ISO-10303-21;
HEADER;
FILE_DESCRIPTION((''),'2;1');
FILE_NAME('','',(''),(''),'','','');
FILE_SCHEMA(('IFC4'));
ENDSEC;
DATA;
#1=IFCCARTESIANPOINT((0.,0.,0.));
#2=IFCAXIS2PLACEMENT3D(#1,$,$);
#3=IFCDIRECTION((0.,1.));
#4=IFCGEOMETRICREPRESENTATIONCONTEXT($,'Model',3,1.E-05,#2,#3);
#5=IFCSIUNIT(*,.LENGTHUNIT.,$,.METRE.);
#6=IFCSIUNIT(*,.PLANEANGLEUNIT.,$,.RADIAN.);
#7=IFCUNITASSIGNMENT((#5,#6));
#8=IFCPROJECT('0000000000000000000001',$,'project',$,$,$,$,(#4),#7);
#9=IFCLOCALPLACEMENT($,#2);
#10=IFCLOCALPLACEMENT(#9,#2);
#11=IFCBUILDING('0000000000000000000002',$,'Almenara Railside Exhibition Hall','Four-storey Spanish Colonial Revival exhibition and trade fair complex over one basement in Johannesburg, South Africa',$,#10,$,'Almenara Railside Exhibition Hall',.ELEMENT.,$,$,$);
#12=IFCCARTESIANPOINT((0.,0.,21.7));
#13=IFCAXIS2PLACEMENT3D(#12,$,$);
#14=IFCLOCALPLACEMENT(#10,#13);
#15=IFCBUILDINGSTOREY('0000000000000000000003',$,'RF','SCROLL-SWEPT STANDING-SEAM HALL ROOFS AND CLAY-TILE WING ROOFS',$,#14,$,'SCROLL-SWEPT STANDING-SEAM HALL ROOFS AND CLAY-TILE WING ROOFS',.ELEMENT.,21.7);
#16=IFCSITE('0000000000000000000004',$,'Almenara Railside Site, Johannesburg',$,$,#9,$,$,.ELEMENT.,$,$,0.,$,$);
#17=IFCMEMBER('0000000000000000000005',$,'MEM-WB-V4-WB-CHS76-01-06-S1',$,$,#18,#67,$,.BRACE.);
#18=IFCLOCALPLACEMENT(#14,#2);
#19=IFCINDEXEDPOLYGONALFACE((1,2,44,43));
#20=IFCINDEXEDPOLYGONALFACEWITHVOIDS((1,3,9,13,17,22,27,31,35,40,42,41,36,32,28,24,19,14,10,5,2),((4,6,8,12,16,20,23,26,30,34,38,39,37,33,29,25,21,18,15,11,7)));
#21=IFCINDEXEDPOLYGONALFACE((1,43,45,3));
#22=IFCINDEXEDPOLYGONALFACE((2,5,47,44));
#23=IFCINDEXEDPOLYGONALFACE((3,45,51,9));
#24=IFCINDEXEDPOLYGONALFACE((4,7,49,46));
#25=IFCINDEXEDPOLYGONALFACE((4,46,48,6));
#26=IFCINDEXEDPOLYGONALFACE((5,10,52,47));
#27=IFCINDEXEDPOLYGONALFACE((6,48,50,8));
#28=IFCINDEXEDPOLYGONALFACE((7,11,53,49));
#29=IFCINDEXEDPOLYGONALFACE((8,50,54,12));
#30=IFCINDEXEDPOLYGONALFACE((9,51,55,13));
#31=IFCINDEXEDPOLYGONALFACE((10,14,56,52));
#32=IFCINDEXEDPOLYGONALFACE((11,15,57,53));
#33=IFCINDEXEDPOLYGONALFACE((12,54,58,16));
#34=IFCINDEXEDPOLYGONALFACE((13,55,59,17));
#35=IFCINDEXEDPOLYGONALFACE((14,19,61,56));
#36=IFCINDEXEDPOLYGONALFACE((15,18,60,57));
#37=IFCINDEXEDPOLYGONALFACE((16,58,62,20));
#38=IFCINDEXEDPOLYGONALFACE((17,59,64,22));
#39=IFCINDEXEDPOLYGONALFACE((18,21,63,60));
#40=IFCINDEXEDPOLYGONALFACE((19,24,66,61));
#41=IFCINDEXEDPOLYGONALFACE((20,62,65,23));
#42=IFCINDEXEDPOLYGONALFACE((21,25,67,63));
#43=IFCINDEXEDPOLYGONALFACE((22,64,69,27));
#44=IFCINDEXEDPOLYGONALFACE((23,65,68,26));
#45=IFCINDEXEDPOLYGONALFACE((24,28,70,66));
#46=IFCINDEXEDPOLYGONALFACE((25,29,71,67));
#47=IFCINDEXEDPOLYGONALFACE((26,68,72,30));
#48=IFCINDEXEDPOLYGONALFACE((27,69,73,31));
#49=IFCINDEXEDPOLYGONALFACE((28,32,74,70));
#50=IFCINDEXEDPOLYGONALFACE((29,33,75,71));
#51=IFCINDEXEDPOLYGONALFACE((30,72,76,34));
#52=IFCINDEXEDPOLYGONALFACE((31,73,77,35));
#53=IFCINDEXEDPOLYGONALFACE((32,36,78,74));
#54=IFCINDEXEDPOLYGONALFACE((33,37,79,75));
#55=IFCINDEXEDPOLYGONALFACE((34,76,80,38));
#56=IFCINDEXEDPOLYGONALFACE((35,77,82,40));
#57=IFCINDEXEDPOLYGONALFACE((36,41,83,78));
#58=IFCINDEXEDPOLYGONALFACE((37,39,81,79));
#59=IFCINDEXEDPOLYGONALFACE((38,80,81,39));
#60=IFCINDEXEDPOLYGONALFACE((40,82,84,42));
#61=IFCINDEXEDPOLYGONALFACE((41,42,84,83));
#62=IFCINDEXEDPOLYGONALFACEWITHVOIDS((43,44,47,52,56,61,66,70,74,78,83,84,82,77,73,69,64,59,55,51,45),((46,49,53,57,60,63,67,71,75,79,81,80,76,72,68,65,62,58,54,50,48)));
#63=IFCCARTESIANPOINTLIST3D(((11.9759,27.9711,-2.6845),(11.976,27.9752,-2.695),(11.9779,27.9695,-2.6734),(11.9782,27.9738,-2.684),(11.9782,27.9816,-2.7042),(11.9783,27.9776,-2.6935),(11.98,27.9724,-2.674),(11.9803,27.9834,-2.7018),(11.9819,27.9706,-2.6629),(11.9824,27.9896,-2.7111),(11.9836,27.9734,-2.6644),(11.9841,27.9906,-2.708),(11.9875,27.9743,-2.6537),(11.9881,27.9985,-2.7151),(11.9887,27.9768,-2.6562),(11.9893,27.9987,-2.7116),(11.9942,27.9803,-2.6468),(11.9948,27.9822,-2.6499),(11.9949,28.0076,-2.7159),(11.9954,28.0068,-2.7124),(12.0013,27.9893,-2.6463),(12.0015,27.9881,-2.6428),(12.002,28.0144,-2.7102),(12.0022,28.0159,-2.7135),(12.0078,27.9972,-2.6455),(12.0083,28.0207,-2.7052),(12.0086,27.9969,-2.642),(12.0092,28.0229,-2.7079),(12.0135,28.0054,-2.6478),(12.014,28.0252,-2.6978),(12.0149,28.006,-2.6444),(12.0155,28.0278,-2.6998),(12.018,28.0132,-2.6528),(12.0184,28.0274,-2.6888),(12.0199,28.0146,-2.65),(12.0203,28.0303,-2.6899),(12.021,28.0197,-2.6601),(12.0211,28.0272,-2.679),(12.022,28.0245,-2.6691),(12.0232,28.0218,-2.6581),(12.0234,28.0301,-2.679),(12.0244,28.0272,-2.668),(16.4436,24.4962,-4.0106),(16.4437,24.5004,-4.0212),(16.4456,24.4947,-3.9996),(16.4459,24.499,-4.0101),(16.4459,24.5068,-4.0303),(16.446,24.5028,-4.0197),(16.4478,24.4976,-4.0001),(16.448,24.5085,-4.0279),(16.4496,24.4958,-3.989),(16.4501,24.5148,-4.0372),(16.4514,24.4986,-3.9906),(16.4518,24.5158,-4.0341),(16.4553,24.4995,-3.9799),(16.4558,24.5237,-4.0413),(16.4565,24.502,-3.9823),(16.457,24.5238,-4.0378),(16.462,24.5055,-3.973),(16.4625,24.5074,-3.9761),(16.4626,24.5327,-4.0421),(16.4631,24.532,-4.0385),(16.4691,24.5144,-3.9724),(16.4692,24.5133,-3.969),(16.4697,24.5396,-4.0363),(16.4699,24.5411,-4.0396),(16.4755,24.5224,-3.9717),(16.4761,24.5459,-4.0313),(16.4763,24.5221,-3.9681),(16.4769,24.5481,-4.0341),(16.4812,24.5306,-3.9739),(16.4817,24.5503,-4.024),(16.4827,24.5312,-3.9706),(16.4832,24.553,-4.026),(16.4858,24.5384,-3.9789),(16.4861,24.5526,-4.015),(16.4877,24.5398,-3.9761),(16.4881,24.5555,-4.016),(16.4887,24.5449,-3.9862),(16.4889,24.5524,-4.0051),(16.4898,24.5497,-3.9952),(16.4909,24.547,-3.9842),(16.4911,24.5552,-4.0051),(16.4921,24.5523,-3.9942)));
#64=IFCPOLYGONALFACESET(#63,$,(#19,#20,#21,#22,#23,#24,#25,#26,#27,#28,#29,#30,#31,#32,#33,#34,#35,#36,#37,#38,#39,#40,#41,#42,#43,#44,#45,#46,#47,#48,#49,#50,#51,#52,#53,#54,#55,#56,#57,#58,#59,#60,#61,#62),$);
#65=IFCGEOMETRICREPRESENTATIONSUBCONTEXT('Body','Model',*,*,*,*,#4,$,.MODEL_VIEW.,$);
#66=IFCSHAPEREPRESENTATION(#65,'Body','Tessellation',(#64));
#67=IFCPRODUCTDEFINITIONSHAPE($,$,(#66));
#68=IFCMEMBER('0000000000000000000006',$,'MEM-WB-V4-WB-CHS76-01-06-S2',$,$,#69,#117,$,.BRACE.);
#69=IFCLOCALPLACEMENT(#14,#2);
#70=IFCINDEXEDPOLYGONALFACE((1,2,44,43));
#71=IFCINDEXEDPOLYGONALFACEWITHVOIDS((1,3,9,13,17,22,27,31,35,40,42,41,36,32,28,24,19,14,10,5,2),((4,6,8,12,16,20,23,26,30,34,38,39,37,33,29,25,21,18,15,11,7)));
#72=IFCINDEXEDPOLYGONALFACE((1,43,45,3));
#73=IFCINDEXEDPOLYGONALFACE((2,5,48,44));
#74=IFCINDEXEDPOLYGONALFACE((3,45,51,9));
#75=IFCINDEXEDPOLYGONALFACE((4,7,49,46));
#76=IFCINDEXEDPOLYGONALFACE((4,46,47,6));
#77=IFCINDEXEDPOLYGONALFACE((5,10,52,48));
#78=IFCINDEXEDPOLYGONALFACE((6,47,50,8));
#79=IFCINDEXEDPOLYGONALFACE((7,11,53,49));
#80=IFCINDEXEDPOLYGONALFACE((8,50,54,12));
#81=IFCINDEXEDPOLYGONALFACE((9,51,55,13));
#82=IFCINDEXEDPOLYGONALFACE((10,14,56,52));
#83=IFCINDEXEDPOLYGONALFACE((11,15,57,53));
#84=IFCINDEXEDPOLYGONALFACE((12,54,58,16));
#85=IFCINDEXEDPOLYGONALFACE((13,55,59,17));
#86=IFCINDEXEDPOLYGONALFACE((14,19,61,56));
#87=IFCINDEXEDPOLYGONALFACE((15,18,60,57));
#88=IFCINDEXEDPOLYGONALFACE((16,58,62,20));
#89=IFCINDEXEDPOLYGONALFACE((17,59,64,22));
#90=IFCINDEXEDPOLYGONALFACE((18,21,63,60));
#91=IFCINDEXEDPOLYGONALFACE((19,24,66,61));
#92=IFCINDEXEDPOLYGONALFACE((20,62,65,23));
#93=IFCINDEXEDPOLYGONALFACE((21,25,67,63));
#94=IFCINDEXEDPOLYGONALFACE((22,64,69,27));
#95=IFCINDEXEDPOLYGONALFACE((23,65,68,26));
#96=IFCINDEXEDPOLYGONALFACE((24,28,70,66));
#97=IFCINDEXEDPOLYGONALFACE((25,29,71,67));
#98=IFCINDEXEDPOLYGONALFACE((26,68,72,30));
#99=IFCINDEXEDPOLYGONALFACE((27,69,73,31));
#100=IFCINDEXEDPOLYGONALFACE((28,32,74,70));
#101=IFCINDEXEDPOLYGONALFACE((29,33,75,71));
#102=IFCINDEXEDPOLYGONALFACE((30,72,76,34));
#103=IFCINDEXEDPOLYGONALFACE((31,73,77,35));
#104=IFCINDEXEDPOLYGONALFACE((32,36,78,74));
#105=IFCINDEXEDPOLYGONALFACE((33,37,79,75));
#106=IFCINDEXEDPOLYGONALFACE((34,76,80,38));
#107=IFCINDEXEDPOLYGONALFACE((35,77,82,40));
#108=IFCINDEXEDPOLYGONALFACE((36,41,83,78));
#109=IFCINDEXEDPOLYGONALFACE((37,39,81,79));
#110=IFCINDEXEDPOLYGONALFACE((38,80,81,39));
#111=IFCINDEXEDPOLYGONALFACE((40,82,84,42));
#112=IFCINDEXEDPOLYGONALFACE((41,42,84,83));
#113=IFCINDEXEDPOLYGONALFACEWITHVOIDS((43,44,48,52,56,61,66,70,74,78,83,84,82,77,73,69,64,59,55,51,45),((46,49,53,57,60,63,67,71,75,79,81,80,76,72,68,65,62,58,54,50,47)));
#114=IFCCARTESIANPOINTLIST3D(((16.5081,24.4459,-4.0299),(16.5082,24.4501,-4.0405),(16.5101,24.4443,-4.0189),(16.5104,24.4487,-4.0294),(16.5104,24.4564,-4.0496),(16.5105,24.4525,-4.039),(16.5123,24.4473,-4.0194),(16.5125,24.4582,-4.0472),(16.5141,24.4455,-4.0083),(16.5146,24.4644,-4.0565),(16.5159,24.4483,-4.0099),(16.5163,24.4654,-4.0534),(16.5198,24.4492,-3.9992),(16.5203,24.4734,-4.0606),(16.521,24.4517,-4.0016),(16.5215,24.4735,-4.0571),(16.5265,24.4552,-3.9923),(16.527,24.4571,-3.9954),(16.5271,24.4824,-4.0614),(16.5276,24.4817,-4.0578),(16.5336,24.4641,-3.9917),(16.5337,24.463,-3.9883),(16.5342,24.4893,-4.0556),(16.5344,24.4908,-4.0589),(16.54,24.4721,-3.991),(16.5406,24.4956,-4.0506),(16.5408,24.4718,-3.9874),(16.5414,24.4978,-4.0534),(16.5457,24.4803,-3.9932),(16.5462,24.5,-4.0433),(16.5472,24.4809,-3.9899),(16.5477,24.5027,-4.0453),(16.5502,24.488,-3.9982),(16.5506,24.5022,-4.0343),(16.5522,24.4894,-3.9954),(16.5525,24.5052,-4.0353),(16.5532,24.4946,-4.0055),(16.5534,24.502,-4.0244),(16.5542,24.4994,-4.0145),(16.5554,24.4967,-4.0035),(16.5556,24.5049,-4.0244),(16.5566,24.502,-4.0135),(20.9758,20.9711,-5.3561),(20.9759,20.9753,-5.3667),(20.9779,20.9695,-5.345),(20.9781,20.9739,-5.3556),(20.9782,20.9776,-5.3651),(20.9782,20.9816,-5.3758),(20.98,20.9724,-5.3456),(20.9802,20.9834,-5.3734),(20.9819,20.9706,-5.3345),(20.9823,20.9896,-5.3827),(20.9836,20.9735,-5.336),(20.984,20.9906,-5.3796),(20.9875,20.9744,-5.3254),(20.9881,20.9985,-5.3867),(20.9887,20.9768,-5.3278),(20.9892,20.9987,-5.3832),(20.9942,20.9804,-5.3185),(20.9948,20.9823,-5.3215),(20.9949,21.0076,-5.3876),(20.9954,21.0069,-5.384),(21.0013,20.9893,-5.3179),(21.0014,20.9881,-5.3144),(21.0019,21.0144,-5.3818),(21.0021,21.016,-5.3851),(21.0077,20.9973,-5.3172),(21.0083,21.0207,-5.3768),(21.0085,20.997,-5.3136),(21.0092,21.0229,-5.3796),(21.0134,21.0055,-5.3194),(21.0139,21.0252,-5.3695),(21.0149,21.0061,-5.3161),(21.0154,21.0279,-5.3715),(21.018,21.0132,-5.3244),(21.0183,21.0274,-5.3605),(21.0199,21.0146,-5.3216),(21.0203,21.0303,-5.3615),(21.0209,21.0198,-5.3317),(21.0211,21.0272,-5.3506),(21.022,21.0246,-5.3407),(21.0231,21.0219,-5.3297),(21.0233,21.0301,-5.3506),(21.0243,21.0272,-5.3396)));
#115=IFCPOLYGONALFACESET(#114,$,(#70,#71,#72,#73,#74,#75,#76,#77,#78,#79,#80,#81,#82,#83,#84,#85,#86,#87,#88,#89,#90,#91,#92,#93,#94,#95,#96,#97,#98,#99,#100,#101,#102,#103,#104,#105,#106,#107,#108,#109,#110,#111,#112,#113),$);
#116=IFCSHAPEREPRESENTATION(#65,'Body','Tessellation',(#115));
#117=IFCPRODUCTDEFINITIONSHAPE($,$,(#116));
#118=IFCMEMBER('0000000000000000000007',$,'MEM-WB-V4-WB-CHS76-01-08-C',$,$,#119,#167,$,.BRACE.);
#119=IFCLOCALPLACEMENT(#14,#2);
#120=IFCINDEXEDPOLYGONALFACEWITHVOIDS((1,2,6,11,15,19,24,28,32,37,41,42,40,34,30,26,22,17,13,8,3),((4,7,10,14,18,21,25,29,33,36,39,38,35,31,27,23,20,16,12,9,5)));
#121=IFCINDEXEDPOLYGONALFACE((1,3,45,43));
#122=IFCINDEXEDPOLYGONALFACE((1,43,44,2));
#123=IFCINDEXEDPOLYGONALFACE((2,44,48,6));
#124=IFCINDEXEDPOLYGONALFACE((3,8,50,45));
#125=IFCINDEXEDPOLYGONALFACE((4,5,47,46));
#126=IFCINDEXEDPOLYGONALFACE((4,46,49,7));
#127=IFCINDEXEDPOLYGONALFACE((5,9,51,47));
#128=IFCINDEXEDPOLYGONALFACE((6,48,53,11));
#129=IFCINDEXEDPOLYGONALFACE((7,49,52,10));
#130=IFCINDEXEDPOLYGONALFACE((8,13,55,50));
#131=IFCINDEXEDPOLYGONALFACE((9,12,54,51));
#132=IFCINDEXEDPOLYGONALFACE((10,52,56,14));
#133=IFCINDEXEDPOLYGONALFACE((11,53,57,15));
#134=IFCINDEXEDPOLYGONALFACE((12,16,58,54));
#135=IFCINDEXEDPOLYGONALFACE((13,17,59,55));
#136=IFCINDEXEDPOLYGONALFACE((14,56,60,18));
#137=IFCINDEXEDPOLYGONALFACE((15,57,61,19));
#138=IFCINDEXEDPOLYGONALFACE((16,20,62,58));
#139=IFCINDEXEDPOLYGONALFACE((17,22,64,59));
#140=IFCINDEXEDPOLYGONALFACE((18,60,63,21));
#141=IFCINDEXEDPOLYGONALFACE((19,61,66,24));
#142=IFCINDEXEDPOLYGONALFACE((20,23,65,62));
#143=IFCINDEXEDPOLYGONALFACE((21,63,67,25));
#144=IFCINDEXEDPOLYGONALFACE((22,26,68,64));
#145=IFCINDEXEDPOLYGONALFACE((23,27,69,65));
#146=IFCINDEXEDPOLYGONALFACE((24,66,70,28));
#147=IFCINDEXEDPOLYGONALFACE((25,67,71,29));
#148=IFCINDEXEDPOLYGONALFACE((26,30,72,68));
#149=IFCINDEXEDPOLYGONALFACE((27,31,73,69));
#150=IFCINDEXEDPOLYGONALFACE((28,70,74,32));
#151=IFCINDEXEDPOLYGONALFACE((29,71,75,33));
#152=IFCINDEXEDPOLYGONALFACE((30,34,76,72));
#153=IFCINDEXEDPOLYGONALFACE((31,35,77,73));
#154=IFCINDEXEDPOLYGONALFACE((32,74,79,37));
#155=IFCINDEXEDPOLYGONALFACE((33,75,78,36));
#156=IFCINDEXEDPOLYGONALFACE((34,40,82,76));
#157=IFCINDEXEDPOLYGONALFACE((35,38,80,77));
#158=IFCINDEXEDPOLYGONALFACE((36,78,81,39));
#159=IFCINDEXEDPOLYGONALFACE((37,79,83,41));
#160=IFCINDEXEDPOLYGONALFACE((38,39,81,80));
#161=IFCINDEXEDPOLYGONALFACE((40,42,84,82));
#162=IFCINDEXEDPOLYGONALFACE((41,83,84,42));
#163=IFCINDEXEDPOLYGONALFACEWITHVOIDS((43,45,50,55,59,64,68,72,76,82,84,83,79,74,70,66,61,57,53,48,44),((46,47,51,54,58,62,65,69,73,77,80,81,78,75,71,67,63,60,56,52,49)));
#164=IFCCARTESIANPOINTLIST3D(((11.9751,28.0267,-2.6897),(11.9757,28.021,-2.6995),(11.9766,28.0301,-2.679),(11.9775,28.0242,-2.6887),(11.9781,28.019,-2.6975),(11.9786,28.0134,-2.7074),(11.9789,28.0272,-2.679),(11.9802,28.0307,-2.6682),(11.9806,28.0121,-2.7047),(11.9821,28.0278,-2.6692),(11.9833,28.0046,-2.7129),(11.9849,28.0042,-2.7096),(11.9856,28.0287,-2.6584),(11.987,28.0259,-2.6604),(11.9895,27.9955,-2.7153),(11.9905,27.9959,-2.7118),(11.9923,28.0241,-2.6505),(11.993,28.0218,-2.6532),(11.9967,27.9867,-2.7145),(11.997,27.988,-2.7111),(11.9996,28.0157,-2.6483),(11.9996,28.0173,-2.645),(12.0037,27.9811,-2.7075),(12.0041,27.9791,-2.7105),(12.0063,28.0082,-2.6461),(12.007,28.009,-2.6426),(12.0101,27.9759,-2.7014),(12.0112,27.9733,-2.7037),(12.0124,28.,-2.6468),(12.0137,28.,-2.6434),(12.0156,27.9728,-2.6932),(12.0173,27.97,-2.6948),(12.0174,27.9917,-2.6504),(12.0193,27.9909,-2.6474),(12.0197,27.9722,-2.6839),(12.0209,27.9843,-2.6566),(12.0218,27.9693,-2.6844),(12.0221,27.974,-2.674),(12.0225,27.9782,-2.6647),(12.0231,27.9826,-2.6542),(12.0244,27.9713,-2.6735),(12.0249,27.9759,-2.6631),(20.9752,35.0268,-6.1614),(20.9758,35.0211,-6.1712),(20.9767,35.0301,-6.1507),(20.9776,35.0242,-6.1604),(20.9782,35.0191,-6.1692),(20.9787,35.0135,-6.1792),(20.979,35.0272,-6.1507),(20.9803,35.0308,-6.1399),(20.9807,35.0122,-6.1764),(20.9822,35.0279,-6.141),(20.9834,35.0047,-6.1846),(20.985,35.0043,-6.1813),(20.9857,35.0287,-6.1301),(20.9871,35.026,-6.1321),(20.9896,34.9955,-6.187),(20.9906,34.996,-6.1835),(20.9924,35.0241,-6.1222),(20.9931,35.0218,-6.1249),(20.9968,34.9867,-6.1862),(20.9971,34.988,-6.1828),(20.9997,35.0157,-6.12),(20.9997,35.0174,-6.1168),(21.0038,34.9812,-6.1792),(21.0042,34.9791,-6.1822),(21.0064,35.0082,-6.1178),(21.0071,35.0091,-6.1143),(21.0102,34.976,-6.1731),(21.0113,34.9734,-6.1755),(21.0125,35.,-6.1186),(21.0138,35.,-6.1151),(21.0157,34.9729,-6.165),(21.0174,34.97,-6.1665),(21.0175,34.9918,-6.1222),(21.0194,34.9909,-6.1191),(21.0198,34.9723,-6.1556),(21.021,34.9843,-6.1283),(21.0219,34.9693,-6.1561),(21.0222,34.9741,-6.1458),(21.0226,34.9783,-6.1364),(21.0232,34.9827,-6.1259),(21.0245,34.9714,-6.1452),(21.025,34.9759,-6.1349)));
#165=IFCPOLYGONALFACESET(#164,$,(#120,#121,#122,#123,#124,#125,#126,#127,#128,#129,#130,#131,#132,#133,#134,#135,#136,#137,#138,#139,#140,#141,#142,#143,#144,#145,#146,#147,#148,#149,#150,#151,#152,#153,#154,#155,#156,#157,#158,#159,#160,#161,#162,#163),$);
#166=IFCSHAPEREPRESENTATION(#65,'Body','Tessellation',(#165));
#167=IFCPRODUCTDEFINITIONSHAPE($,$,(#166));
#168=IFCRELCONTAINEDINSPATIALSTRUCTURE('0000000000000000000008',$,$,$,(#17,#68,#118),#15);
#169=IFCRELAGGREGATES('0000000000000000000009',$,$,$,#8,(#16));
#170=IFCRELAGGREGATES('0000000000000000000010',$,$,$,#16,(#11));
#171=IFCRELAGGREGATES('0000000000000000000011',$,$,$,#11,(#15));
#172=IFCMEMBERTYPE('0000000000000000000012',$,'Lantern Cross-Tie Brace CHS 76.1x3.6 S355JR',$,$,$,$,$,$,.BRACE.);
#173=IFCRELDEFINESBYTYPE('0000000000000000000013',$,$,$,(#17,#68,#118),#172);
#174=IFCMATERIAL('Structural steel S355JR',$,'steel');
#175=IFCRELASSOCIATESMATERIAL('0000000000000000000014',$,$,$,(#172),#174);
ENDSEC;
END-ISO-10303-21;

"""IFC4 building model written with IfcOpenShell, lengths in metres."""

from ifc_helpers import new_model, si_unit, direction, frame, origin, origin_2d, place, context, subcontext, project, spatial, hollow_circle, extrude, material, material_profile, profile_set, type_object, element, save


model = new_model("IFC4")

# Units and contexts
model_context = context("Model", 3, precision=1e-05, world=origin(), true_north=direction((0.0, 1.0)))
body_context = subcontext(model_context, "Body", "Model", "MODEL_VIEW")
ifc_project = project(units=[si_unit("LENGTHUNIT", "METRE"), si_unit("PLANEANGLEUNIT", "RADIAN")], contexts=[model_context])

# Site, building, storey
site_placement = place(None, origin())
site = spatial("IfcSite", under=ifc_project, at=site_placement, Name="Almenara Railside Site, Johannesburg", CompositionType="ELEMENT", RefElevation=0.0)
building_placement = place(site_placement, origin())
building = spatial("IfcBuilding", under=site, at=building_placement, Name="Almenara Railside Exhibition Hall", Description="Four-storey Spanish Colonial Revival exhibition and trade fair complex over one basement in Johannesburg, South Africa", LongName="Almenara Railside Exhibition Hall", CompositionType="ELEMENT")
storey_placement = place(building_placement, frame((0.0, 0.0, 21.7)))
storey = spatial("IfcBuildingStorey", under=building, at=storey_placement, Name="RF", Description="SCROLL-SWEPT STANDING-SEAM HALL ROOFS AND CLAY-TILE WING ROOFS", LongName="SCROLL-SWEPT STANDING-SEAM HALL ROOFS AND CLAY-TILE WING ROOFS", CompositionType="ELEMENT", Elevation=21.7)

# Members
ifc_material_1 = material(Name="Structural steel S355JR", Category="steel")
ifc_material_profile_1 = material_profile(ifc_material_1, hollow_circle(Radius=0.0381, WallThickness=0.0037, at=origin_2d()), Name="CHS 76.1x3.6")
ifc_profile_set_1 = profile_set([ifc_material_profile_1], Name="Structural steel S355JR")
member_type_1 = type_object("IfcMemberType", Name="Lantern Cross-Tie Brace CHS 76.1x3.6 S355JR", PredefinedType="BRACE", material=ifc_profile_set_1)
for number, where, z_axis, x_axis, name in (
    (1, (12.0, 28.0, -2.679), (0.768545, -0.597743, -0.228128), (0.613932, 0.789359, 0.0), "MEM-WB-V4-WB-CHS76-01-06-S1"),
    (2, (16.5322, 24.4749, -4.0244), (0.768545, -0.597743, -0.228128), (0.613932, 0.789359, 0.0), "MEM-WB-V4-WB-CHS76-01-06-S2"),
):
    element("IfcMember", number, at=place(storey_placement, frame(where, z_axis=z_axis, x_axis=x_axis)), inside=storey, type_object=member_type_1, Name=name, PredefinedType="BRACE", context=body_context, shape_type="SweptSolid", body=[
        extrude(hollow_circle(Radius=0.0381, WallThickness=0.0037, at=origin_2d()), origin(), (0.0, 0.0, 1.0), 5.8132),
    ])
member_1_placement = place(storey_placement, frame((12.0, 28.0, -2.679), z_axis=(0.755123, 0.587318, -0.291283), x_axis=(-0.613941, 0.789352, 0.0)))
element("IfcMember", 3, at=member_1_placement, inside=storey, type_object=member_type_1, Name="MEM-WB-V4-WB-CHS76-01-08-C", PredefinedType="BRACE", context=body_context, shape_type="SweptSolid", body=[
    extrude(hollow_circle(Radius=0.0381, WallThickness=0.0037, at=origin_2d()), origin(), (0.0, 0.0, 1.0), 11.9187),
])

save(model, "model.ifc")
